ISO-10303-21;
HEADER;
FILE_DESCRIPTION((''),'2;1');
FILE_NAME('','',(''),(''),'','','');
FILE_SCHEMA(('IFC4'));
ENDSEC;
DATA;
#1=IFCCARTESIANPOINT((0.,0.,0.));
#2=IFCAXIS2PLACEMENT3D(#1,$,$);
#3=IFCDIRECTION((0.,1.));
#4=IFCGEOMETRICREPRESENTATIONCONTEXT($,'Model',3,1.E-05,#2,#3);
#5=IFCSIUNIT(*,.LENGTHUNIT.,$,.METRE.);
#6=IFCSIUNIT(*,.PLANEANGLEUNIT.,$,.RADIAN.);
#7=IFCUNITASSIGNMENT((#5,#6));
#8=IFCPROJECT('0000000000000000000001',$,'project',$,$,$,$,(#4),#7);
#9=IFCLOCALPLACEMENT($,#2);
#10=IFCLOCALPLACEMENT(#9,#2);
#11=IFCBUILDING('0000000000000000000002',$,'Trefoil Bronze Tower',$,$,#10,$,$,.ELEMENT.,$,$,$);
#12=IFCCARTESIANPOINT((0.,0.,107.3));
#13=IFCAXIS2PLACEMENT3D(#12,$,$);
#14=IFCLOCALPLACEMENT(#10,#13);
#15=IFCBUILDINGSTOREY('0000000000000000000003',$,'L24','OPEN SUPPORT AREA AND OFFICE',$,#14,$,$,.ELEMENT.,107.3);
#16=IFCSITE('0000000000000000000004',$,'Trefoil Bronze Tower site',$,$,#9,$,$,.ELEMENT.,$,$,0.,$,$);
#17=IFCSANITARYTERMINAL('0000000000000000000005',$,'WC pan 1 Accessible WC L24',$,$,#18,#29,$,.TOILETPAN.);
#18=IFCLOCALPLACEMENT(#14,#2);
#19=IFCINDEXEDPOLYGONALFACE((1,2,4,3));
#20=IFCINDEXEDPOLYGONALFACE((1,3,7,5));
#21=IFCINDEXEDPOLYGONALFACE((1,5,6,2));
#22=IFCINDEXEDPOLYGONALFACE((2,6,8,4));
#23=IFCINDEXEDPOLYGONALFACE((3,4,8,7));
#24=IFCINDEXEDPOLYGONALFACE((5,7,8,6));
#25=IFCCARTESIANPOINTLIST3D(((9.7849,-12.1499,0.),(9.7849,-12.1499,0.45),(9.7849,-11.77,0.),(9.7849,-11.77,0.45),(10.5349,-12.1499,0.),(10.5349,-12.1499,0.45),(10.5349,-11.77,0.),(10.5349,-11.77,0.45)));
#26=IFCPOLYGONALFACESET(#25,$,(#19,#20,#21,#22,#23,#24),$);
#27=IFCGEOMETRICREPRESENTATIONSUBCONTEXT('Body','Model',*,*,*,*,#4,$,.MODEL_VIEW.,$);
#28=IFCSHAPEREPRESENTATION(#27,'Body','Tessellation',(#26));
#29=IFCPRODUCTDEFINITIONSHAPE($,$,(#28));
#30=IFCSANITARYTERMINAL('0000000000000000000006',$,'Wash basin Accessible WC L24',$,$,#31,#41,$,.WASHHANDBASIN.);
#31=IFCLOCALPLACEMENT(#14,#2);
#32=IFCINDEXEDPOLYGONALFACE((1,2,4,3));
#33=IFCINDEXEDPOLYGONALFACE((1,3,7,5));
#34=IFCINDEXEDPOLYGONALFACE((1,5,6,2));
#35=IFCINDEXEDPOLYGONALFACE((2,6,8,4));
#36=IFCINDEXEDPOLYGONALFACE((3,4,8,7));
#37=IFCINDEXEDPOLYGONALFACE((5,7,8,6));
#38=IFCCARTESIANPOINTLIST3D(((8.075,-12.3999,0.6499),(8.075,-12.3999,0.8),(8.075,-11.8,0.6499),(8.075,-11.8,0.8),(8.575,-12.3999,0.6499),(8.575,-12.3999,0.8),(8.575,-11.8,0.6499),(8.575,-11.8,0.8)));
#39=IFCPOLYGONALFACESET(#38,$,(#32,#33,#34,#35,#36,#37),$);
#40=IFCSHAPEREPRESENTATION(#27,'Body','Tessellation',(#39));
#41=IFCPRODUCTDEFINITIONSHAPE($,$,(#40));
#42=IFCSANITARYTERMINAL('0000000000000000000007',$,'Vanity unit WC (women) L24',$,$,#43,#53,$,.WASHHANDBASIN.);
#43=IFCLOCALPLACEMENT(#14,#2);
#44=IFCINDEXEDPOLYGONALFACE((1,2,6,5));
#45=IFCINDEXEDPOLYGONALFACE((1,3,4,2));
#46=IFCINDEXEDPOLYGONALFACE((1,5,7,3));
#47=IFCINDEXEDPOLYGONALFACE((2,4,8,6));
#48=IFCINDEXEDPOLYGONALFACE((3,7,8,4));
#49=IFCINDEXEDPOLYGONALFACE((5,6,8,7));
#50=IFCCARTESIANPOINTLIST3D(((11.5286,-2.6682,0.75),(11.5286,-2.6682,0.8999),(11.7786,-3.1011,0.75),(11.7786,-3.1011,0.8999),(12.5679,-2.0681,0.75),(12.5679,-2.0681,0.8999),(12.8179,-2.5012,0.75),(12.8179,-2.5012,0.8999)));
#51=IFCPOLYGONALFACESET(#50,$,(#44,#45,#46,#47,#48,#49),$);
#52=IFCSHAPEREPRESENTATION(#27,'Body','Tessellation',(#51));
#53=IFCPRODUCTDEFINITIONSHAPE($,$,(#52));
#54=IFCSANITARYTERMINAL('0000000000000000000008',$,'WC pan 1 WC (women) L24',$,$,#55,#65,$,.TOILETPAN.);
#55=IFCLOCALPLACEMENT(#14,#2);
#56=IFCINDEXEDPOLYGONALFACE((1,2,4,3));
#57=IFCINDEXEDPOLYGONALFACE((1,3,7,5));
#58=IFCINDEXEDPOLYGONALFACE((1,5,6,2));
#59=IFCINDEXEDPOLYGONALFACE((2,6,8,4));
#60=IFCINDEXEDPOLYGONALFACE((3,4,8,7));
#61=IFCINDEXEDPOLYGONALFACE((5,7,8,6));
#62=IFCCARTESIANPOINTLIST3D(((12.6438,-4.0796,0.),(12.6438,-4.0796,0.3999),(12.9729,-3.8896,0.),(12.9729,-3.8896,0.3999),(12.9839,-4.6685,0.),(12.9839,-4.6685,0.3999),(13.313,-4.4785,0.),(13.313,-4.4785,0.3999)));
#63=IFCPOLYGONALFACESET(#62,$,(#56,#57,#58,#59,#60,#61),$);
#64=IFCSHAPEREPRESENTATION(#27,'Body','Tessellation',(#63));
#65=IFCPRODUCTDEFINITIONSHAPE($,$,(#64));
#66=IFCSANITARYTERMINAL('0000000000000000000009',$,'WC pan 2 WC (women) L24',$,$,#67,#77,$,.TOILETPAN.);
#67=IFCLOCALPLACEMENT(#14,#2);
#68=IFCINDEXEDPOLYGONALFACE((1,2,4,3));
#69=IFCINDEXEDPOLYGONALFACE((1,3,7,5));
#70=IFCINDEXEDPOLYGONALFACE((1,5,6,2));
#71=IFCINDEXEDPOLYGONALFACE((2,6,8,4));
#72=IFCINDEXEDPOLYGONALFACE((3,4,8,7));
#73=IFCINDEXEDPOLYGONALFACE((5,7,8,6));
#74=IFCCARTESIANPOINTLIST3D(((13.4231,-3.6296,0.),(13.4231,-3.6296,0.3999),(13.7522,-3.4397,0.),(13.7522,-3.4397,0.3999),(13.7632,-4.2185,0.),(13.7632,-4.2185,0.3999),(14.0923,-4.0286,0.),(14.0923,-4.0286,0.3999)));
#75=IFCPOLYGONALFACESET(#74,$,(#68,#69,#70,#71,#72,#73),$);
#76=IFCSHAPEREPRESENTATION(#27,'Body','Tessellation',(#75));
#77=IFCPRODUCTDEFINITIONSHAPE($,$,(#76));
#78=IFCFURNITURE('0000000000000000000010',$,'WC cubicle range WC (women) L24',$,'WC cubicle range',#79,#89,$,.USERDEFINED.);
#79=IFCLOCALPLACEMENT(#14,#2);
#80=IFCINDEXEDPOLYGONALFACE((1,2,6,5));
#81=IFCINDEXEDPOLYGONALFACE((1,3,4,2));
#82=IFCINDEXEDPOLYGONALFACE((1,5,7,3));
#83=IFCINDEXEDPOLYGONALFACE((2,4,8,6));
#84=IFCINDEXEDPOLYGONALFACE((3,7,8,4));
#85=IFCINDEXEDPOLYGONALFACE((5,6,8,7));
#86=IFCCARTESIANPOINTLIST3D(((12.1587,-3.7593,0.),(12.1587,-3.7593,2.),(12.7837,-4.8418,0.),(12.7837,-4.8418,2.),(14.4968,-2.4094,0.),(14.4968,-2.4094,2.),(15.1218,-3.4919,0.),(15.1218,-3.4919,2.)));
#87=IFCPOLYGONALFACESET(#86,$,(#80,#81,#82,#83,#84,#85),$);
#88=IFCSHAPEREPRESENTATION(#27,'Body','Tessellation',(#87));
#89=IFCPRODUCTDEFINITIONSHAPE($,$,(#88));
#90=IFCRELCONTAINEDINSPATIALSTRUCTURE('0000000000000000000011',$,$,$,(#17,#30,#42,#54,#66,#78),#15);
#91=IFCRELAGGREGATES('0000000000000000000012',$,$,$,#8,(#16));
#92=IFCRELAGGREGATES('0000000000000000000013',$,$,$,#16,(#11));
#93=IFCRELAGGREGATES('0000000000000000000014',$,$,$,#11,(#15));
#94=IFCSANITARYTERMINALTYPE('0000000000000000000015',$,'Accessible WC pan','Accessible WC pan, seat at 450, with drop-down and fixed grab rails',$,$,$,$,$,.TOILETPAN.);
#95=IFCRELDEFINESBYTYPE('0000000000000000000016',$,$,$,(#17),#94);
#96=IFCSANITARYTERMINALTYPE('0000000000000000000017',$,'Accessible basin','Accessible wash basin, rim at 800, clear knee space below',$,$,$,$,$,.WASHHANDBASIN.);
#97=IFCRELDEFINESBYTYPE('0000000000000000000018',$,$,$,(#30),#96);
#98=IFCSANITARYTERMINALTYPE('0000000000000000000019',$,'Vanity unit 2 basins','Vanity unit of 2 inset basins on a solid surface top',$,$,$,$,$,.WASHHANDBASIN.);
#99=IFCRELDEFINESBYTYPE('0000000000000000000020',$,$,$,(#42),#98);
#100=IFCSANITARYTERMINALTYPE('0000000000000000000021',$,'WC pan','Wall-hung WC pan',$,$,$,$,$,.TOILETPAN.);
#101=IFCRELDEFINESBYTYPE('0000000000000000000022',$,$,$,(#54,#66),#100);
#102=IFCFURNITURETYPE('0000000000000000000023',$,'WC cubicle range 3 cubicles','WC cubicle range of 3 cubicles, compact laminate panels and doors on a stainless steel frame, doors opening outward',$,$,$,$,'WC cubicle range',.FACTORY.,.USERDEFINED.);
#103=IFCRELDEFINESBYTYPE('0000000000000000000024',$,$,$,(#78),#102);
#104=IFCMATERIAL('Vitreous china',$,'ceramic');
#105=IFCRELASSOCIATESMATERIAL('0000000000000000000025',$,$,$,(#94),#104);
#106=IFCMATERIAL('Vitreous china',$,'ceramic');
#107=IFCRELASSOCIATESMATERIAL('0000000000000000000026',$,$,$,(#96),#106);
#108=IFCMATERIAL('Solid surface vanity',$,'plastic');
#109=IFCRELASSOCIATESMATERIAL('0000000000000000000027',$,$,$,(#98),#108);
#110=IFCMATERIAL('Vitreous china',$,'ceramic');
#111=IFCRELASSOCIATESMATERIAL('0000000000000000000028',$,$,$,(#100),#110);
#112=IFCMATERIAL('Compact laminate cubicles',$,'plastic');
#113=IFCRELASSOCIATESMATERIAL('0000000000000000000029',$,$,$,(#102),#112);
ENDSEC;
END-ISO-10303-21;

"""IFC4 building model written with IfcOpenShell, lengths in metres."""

from ifc_helpers import new_model, si_unit, direction, frame, origin, place, context, subcontext, project, spatial, polyline, outline, extrude, material, type_object, element, save


model = new_model("IFC4")

# Units and contexts
model_context = context("Model", 3, precision=1e-05, world=origin(), true_north=direction((0.0, 1.0)))
body_context = subcontext(model_context, "Body", "Model", "MODEL_VIEW")
ifc_project = project(units=[si_unit("LENGTHUNIT", "METRE"), si_unit("PLANEANGLEUNIT", "RADIAN")], contexts=[model_context])

# Site, building, storey
site_placement = place(None, origin())
site = spatial("IfcSite", under=ifc_project, at=site_placement, Name="Trefoil Bronze Tower site", CompositionType="ELEMENT", RefElevation=0.0)
building_placement = place(site_placement, origin())
building = spatial("IfcBuilding", under=site, at=building_placement, Name="Trefoil Bronze Tower", CompositionType="ELEMENT")
storey_placement = place(building_placement, frame((0.0, 0.0, 107.3)))
storey = spatial("IfcBuildingStorey", under=building, at=storey_placement, Name="L24", Description="OPEN SUPPORT AREA AND OFFICE", CompositionType="ELEMENT", Elevation=107.3)

# Sanitary terminals
ifc_material_1 = material(Name="Vitreous china", Category="ceramic")
sanitary_terminal_type_1 = type_object("IfcSanitaryTerminalType", Name="Accessible WC pan", Description="Accessible WC pan, seat at 450, with drop-down and fixed grab rails", PredefinedType="TOILETPAN", material=ifc_material_1)
sanitary_terminal_1_placement = place(storey_placement, origin())
element("IfcSanitaryTerminal", 1, at=sanitary_terminal_1_placement, inside=storey, type_object=sanitary_terminal_type_1, Name="WC pan 1 Accessible WC L24", PredefinedType="TOILETPAN", context=body_context, shape_type="SweptSolid", body=[
    extrude(outline(polyline([(9.7849, -11.77), (10.5349, -11.77), (10.5349, -12.1499), (9.7849, -12.1499), (9.7849, -11.77)])), origin(), (0.0, 0.0, 1.0), 0.45),
])
ifc_material_2 = material(Name="Vitreous china", Category="ceramic")
sanitary_terminal_type_2 = type_object("IfcSanitaryTerminalType", Name="Accessible basin", Description="Accessible wash basin, rim at 800, clear knee space below", PredefinedType="WASHHANDBASIN", material=ifc_material_2)
sanitary_terminal_2_placement = place(storey_placement, frame((0.0, 0.0, 0.6499)))
element("IfcSanitaryTerminal", 2, at=sanitary_terminal_2_placement, inside=storey, type_object=sanitary_terminal_type_2, Name="Wash basin Accessible WC L24", PredefinedType="WASHHANDBASIN", context=body_context, shape_type="SweptSolid", body=[
    extrude(outline(polyline([(8.075, -11.8), (8.575, -11.8), (8.575, -12.3999), (8.075, -12.3999), (8.075, -11.8)])), origin(), (0.0, 0.0, 1.0), 0.1501),
])
ifc_material_3 = material(Name="Solid surface vanity", Category="plastic")
sanitary_terminal_type_3 = type_object("IfcSanitaryTerminalType", Name="Vanity unit 2 basins", Description="Vanity unit of 2 inset basins on a solid surface top", PredefinedType="WASHHANDBASIN", material=ifc_material_3)
sanitary_terminal_3_placement = place(storey_placement, frame((0.0, 0.0, 0.75)))
element("IfcSanitaryTerminal", 3, at=sanitary_terminal_3_placement, inside=storey, type_object=sanitary_terminal_type_3, Name="Vanity unit WC (women) L24", PredefinedType="WASHHANDBASIN", context=body_context, shape_type="SweptSolid", body=[
    extrude(outline(polyline([(11.5286, -2.6682), (11.7786, -3.1011), (12.8179, -2.5012), (12.5679, -2.0681), (11.5286, -2.6682)])), origin(), (0.0, 0.0, 1.0), 0.1499),
])
ifc_material_4 = material(Name="Vitreous china", Category="ceramic")
sanitary_terminal_type_4 = type_object("IfcSanitaryTerminalType", Name="WC pan", Description="Wall-hung WC pan", PredefinedType="TOILETPAN", material=ifc_material_4)
sanitary_terminal_4_placement = place(storey_placement, origin())
element("IfcSanitaryTerminal", 4, at=sanitary_terminal_4_placement, inside=storey, type_object=sanitary_terminal_type_4, Name="WC pan 1 WC (women) L24", PredefinedType="TOILETPAN", context=body_context, shape_type="SweptSolid", body=[
    extrude(outline(polyline([(12.6438, -4.0796), (12.9839, -4.6685), (13.313, -4.4785), (12.9729, -3.8896), (12.6438, -4.0796)])), origin(), (0.0, 0.0, 1.0), 0.3999),
])
sanitary_terminal_5_placement = place(storey_placement, origin())
element("IfcSanitaryTerminal", 5, at=sanitary_terminal_5_placement, inside=storey, type_object=sanitary_terminal_type_4, Name="WC pan 2 WC (women) L24", PredefinedType="TOILETPAN", context=body_context, shape_type="SweptSolid", body=[
    extrude(outline(polyline([(13.4231, -3.6296), (13.7632, -4.2185), (14.0923, -4.0286), (13.7522, -3.4397), (13.4231, -3.6296)])), origin(), (0.0, 0.0, 1.0), 0.3999),
])

# Furniture
ifc_material_5 = material(Name="Compact laminate cubicles", Category="plastic")
furniture_type = type_object("IfcFurnitureType", Name="WC cubicle range 3 cubicles", Description="WC cubicle range of 3 cubicles, compact laminate panels and doors on a stainless steel frame, doors opening outward", ElementType="WC cubicle range", AssemblyPlace="FACTORY", PredefinedType="USERDEFINED", material=ifc_material_5)
furniture_placement = place(storey_placement, origin())
element("IfcFurniture", 6, at=furniture_placement, inside=storey, type_object=furniture_type, Name="WC cubicle range WC (women) L24", ObjectType="WC cubicle range", PredefinedType="USERDEFINED", context=body_context, shape_type="SweptSolid", body=[
    extrude(outline(polyline([(12.1587, -3.7593), (12.7837, -4.8418), (15.1218, -3.4919), (14.4968, -2.4094), (12.1587, -3.7593)])), origin(), (0.0, 0.0, 1.0), 2.0),
])

save(model, "model.ifc")
